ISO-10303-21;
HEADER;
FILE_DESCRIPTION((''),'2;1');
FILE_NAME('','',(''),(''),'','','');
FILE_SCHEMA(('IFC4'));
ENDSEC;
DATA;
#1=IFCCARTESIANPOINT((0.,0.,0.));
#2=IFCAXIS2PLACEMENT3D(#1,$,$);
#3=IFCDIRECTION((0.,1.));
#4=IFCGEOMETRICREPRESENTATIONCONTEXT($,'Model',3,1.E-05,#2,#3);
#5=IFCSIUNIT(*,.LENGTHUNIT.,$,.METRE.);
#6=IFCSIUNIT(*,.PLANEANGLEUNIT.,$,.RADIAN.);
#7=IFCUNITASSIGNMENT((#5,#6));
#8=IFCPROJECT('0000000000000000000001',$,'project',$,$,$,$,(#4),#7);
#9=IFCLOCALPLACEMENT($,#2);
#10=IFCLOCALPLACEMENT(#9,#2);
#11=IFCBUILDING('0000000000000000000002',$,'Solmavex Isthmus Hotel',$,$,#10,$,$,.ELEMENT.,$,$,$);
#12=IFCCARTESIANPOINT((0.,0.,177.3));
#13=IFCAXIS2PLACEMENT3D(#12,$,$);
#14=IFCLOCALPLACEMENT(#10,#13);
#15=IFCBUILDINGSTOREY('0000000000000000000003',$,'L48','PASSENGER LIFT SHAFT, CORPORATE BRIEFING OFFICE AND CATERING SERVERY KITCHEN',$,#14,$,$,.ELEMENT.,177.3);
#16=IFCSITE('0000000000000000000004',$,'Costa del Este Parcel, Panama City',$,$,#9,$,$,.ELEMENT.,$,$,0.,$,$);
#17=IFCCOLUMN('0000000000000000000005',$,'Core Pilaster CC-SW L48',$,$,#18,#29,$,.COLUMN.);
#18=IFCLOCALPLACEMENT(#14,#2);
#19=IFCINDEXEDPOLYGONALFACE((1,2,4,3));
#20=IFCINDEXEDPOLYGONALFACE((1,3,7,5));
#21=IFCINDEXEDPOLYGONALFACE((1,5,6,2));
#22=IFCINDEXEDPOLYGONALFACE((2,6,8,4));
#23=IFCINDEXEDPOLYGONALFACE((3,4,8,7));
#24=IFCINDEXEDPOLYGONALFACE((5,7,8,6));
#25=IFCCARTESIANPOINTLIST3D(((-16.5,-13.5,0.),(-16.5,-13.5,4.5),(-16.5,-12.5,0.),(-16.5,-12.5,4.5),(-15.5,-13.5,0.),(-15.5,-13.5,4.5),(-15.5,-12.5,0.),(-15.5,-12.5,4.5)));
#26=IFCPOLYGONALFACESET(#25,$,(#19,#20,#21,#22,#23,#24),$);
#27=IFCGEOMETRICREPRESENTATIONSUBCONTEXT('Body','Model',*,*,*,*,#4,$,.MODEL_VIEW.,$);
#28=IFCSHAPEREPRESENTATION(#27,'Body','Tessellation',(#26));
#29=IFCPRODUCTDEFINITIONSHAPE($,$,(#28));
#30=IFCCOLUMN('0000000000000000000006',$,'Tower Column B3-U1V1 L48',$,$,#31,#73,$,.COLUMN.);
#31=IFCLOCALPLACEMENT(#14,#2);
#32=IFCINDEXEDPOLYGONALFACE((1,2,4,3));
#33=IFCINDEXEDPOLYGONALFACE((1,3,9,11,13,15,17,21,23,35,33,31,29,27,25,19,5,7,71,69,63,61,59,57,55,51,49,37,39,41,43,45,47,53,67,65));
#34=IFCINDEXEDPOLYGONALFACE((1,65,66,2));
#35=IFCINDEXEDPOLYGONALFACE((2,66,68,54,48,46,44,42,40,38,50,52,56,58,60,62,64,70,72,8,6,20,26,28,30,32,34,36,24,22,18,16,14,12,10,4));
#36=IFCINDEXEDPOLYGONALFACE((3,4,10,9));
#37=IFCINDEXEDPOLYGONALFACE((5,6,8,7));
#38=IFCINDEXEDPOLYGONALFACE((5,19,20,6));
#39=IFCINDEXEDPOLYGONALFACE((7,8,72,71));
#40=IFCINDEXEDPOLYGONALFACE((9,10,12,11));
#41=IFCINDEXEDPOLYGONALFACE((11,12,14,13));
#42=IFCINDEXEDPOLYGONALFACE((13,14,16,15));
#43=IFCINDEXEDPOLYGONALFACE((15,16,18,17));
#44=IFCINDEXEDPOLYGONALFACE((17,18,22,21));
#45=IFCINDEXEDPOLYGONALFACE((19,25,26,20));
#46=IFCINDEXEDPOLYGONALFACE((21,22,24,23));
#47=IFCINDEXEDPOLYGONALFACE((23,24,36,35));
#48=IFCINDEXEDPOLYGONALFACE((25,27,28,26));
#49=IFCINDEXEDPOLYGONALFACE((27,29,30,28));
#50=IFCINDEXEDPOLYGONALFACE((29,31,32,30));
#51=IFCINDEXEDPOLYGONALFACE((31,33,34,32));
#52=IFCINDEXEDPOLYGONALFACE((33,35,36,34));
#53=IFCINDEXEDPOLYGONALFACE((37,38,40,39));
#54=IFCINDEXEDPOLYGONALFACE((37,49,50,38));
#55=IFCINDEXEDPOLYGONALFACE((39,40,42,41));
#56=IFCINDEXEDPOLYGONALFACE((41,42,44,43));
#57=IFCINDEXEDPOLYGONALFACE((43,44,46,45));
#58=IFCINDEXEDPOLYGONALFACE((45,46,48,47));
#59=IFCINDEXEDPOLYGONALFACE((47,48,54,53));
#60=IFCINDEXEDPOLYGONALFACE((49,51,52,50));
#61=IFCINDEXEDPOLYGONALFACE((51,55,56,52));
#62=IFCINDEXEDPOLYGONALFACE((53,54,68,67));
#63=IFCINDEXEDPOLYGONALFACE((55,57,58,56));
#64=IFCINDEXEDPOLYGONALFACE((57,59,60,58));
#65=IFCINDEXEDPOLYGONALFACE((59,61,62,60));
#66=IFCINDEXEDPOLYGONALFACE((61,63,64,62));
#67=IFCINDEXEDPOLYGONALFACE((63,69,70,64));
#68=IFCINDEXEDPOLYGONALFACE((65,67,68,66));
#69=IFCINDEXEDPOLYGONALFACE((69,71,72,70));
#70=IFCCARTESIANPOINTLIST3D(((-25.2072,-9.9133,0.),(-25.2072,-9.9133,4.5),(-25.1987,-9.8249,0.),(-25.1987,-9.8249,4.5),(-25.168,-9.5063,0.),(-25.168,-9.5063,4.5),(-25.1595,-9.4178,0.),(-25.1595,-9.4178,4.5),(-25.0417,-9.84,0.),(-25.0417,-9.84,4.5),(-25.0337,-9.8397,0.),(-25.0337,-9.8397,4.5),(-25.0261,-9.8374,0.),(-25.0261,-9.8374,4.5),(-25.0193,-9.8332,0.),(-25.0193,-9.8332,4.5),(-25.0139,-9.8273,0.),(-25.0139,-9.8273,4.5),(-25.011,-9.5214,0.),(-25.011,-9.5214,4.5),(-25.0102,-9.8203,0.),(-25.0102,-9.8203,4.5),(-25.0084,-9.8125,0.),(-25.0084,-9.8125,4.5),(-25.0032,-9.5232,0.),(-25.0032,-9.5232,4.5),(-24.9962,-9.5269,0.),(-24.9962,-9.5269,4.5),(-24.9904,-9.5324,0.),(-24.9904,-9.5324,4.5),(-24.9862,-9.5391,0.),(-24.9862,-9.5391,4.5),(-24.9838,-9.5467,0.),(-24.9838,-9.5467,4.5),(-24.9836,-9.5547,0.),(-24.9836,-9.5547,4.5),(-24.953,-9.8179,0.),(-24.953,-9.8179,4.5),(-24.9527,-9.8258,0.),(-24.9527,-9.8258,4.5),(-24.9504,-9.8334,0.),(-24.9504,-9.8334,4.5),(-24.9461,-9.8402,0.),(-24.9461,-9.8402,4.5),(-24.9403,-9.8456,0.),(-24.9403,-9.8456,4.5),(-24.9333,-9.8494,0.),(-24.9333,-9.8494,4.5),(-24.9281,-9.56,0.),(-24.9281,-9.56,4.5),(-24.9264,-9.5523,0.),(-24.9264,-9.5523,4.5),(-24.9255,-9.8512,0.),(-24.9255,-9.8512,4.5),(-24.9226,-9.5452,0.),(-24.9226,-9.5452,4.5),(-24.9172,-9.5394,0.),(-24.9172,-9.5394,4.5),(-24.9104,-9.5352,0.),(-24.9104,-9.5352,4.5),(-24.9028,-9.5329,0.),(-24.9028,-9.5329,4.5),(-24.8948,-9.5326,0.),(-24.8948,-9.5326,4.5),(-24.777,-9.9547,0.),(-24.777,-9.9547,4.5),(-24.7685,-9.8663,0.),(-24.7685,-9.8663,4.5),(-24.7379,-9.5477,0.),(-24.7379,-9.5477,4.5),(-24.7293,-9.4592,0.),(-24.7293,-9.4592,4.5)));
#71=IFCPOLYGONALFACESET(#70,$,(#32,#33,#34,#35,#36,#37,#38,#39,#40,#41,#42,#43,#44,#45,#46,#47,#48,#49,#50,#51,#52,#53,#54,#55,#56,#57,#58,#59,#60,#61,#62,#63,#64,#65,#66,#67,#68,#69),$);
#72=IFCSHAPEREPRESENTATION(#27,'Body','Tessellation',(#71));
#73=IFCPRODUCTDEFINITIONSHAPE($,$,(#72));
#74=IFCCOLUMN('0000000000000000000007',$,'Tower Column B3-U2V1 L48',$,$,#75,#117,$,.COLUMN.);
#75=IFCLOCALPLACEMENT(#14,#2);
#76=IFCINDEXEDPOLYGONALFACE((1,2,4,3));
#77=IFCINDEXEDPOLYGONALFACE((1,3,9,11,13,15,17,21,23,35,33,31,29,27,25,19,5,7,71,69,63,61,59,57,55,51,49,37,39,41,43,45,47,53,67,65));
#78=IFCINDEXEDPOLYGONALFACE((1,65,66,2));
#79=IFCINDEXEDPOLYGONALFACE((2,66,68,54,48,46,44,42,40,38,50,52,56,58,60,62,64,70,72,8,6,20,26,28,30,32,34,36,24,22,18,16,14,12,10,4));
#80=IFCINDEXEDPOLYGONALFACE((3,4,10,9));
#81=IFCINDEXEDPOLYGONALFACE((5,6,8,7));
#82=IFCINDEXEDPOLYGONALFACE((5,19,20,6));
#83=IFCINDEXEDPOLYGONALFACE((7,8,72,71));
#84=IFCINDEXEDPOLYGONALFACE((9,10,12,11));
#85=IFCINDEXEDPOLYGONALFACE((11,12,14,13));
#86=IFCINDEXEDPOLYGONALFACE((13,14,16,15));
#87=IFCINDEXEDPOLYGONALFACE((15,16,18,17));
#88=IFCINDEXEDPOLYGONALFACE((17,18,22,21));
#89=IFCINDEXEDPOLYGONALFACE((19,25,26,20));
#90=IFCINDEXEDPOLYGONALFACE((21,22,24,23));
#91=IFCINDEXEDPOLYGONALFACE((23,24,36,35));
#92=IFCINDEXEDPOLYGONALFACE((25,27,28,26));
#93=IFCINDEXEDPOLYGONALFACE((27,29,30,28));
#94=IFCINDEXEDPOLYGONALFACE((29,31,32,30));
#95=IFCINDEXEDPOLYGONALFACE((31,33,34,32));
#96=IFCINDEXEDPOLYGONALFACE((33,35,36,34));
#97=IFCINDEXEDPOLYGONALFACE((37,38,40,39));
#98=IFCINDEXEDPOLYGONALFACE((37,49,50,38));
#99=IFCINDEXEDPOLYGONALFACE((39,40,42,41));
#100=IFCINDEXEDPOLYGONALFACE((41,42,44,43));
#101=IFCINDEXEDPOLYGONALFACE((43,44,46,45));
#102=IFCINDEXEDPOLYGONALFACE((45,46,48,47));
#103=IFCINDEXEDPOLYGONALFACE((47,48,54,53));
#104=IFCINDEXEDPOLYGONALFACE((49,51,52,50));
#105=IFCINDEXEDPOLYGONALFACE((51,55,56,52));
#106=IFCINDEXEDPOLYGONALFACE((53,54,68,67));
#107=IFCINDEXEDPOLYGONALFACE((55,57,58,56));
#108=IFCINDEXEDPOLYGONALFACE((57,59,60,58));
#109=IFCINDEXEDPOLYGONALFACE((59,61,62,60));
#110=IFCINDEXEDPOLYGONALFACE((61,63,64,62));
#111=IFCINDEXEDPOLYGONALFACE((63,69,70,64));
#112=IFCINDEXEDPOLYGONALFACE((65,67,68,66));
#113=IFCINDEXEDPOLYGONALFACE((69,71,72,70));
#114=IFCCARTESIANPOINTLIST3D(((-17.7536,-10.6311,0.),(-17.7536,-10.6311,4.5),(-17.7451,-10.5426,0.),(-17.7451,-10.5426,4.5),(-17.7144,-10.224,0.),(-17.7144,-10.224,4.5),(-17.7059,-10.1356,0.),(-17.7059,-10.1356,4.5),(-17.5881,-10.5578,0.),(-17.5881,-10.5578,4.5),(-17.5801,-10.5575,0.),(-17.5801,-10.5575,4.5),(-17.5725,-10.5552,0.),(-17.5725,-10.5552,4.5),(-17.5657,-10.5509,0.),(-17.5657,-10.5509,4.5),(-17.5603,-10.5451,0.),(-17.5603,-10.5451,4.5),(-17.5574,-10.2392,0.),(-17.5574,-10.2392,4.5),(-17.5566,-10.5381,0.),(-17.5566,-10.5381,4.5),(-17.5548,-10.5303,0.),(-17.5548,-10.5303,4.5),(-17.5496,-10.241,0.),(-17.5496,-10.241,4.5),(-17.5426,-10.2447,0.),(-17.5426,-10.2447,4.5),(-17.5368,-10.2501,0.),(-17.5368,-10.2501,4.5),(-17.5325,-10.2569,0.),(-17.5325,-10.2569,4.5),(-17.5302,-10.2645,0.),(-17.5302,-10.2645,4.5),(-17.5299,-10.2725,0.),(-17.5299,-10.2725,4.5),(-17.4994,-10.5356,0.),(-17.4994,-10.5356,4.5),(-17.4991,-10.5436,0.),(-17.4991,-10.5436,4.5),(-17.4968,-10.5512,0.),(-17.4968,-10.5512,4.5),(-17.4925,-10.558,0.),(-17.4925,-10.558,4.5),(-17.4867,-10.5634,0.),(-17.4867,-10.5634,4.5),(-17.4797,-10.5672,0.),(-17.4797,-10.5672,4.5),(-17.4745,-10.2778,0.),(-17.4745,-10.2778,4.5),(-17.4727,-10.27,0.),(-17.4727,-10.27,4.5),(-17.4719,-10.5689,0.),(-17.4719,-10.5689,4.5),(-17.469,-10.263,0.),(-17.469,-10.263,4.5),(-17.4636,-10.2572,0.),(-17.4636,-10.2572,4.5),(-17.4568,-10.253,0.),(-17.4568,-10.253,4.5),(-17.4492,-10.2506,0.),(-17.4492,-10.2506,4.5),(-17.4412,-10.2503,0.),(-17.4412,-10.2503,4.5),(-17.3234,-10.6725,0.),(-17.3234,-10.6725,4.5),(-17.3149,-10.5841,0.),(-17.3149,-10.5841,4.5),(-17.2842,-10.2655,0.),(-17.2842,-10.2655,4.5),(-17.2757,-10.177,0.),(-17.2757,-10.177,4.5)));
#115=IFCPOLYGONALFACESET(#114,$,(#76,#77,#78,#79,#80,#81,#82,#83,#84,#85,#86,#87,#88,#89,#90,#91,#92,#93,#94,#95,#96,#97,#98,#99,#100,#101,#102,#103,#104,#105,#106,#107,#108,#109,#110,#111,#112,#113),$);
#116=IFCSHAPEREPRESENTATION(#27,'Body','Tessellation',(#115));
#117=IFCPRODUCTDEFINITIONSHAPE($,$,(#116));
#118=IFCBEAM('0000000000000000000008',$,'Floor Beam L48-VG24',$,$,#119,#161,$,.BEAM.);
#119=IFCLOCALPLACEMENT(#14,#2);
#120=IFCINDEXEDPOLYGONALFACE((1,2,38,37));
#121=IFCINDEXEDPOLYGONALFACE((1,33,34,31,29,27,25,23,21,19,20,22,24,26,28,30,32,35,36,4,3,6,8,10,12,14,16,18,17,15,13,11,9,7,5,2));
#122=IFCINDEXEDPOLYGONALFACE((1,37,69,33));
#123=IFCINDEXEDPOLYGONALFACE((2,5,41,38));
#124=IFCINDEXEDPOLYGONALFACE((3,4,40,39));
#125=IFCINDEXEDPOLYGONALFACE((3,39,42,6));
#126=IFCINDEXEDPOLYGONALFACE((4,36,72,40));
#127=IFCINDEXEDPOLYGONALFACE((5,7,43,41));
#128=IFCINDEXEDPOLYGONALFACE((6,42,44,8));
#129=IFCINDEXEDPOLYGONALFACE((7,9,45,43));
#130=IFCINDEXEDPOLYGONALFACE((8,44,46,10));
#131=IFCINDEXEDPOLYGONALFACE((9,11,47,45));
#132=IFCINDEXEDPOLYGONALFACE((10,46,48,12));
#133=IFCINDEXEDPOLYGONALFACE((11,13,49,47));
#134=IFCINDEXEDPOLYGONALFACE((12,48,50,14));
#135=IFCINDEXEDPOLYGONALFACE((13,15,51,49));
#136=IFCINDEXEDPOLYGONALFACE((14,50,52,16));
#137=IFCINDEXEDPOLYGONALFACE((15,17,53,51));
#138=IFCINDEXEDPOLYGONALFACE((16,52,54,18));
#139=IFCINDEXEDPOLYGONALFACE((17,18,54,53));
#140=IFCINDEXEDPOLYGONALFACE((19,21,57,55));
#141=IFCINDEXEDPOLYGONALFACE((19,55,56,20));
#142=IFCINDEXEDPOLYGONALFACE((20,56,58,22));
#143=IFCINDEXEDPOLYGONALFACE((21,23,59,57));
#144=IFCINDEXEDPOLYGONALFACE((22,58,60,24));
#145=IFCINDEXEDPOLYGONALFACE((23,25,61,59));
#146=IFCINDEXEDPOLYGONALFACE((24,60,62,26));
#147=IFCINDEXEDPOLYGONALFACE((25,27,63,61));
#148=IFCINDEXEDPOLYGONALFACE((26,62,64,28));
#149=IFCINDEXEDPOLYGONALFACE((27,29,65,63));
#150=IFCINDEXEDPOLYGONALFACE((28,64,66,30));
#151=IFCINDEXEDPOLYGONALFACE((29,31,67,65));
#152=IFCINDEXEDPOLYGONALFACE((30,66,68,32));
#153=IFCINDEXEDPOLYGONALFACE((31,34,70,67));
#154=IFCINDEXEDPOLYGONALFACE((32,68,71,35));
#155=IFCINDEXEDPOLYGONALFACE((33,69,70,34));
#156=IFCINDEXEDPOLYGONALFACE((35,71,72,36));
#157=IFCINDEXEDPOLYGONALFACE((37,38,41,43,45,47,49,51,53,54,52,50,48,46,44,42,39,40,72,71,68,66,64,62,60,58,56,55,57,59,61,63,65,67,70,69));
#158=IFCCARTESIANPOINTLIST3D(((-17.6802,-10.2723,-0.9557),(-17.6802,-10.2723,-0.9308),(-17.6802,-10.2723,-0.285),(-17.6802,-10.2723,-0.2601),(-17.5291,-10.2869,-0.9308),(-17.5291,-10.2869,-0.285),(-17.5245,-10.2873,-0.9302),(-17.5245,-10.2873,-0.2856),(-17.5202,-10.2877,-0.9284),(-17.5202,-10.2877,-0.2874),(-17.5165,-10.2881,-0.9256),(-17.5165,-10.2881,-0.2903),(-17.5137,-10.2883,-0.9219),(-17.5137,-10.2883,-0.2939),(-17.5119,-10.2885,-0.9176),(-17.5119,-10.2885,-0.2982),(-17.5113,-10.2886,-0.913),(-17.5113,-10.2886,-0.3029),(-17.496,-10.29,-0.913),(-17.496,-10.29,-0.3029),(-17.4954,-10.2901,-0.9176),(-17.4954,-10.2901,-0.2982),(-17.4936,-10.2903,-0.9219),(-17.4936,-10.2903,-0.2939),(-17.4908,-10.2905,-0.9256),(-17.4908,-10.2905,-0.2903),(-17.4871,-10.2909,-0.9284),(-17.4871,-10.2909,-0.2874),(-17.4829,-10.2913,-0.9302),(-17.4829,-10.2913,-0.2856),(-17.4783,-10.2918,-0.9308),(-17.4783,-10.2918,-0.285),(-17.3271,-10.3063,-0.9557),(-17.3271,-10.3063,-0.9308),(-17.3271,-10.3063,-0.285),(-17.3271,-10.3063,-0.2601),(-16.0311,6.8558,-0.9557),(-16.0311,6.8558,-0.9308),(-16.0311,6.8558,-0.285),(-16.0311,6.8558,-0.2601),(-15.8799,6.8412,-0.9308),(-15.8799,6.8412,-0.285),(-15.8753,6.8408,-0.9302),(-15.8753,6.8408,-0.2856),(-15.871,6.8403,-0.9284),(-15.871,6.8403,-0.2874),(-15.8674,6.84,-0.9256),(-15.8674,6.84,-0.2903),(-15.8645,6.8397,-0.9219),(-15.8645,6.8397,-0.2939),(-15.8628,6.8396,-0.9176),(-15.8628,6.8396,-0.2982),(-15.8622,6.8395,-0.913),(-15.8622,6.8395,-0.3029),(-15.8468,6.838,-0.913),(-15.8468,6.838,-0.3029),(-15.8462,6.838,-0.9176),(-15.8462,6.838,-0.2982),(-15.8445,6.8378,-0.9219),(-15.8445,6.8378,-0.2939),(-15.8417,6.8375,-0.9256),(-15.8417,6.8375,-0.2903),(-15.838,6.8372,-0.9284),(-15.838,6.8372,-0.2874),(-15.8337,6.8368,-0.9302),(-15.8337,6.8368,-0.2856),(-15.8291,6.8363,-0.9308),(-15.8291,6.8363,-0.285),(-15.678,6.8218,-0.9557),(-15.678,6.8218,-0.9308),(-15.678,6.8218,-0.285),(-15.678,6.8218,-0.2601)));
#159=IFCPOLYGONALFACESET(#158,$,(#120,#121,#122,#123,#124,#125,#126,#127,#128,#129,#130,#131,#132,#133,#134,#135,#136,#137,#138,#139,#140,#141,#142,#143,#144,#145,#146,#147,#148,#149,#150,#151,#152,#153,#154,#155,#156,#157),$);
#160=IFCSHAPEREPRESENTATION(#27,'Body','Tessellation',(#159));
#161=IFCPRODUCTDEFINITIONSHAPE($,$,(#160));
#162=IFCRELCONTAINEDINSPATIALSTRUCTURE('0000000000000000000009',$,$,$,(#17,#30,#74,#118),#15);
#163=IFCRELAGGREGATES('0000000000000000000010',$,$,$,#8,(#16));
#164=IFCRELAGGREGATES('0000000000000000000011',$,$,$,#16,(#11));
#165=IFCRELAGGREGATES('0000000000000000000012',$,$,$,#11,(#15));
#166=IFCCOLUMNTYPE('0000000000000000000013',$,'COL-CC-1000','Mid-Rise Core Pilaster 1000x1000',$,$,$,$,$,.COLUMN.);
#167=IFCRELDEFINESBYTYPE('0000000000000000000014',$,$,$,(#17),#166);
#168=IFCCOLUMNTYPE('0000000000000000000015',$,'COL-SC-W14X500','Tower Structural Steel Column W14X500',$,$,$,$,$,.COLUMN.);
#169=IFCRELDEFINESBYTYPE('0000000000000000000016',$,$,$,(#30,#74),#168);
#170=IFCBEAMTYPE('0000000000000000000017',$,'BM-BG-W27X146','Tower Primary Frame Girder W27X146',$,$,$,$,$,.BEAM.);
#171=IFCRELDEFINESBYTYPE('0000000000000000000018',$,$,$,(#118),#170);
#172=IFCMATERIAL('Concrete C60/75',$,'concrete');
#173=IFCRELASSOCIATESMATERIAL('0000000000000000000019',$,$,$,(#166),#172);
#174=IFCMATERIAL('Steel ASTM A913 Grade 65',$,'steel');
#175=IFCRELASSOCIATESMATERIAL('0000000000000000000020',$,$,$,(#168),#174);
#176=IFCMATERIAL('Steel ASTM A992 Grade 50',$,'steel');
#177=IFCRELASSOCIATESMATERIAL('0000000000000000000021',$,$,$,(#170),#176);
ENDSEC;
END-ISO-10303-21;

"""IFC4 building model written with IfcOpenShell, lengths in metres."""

from ifc_helpers import new_model, si_unit, direction, frame, origin, origin_2d, place, context, subcontext, project, spatial, rectangle, i_section, extrude, material, material_profile, profile_set, type_object, element, save


model = new_model("IFC4")

# Units and contexts
model_context = context("Model", 3, precision=1e-05, world=origin(), true_north=direction((0.0, 1.0)))
body_context = subcontext(model_context, "Body", "Model", "MODEL_VIEW")
ifc_project = project(units=[si_unit("LENGTHUNIT", "METRE"), si_unit("PLANEANGLEUNIT", "RADIAN")], contexts=[model_context])

# Site, building, storey
site_placement = place(None, origin())
site = spatial("IfcSite", under=ifc_project, at=site_placement, Name="Costa del Este Parcel, Panama City", CompositionType="ELEMENT", RefElevation=0.0)
building_placement = place(site_placement, origin())
building = spatial("IfcBuilding", under=site, at=building_placement, Name="Solmavex Isthmus Hotel", CompositionType="ELEMENT")
storey_placement = place(building_placement, frame((0.0, 0.0, 177.3)))
storey = spatial("IfcBuildingStorey", under=building, at=storey_placement, Name="L48", Description="PASSENGER LIFT SHAFT, CORPORATE BRIEFING OFFICE AND CATERING SERVERY KITCHEN", CompositionType="ELEMENT", Elevation=177.3)

# Columns
ifc_material_1 = material(Name="Concrete C60/75", Category="concrete")
ifc_material_profile_1 = material_profile(ifc_material_1, rectangle(XDim=1.0, YDim=1.0, at=origin_2d()), Name="RC1000X1000")
ifc_profile_set_1 = profile_set([ifc_material_profile_1], Name="Concrete C60/75")
column_type_1 = type_object("IfcColumnType", Name="COL-CC-1000", Description="Mid-Rise Core Pilaster 1000x1000", PredefinedType="COLUMN", material=ifc_profile_set_1)
column_placement = place(storey_placement, frame((-16.0, -13.0, 0.0), z_axis=(0.0, 0.0, 1.0), x_axis=(1.0, 0.0, 0.0)))
element("IfcColumn", 1, at=column_placement, inside=storey, type_object=column_type_1, Name="Core Pilaster CC-SW L48", PredefinedType="COLUMN", context=body_context, shape_type="SweptSolid", body=[
    extrude(rectangle(XDim=1.0, YDim=1.0, at=origin_2d()), origin(), (0.0, 0.0, 1.0), 4.5),
])
ifc_material_2 = material(Name="Steel ASTM A913 Grade 65", Category="steel")
ifc_material_profile_2 = material_profile(ifc_material_2, i_section(OverallWidth=0.4321, OverallDepth=0.4978, WebThickness=0.0557, FlangeThickness=0.0889, FilletRadius=0.0305, at=origin_2d()), Name="W14X500")
ifc_profile_set_2 = profile_set([ifc_material_profile_2], Name="Steel ASTM A913 Grade 65")
column_type_2 = type_object("IfcColumnType", Name="COL-SC-W14X500", Description="Tower Structural Steel Column W14X500", PredefinedType="COLUMN", material=ifc_profile_set_2)
for number, where, z_axis, x_axis, name in (
    (2, (-24.9683, -9.6863, 0.0), (0.0, 0.0, 1.0), (0.995396, -0.095846, 0.0), "Tower Column B3-U1V1 L48"),
    (3, (-17.5146, -10.4041, 0.0), (0.0, 0.0, 1.0), (0.995396, -0.095846, 0.0), "Tower Column B3-U2V1 L48"),
):
    element("IfcColumn", number, at=place(storey_placement, frame(where, z_axis=z_axis, x_axis=x_axis)), inside=storey, type_object=column_type_2, Name=name, PredefinedType="COLUMN", context=body_context, shape_type="SweptSolid", body=[
        extrude(i_section(OverallWidth=0.4321, OverallDepth=0.4978, WebThickness=0.0557, FlangeThickness=0.0889, FilletRadius=0.0305, at=origin_2d()), origin(), (0.0, 0.0, 1.0), 4.5),
    ])

# Beam
ifc_material_3 = material(Name="Steel ASTM A992 Grade 50", Category="steel")
ifc_material_profile_3 = material_profile(ifc_material_3, i_section(OverallWidth=0.3547, OverallDepth=0.6956, WebThickness=0.0154, FlangeThickness=0.0249, FilletRadius=0.0178, at=origin_2d()), Name="W27X146")
ifc_profile_set_3 = profile_set([ifc_material_profile_3], Name="Steel ASTM A992 Grade 50")
beam_type_1 = type_object("IfcBeamType", Name="BM-BG-W27X146", Description="Tower Primary Frame Girder W27X146", PredefinedType="BEAM", material=ifc_profile_set_3)
beam_1_placement = place(storey_placement, frame((-17.5037, -10.2893, -0.6079), z_axis=(0.095841, 0.995397, 0.0), x_axis=(-0.995397, 0.095841, 0.0)))
element("IfcBeam", 4, at=beam_1_placement, inside=storey, type_object=beam_type_1, Name="Floor Beam L48-VG24", PredefinedType="BEAM", context=body_context, shape_type="SweptSolid", body=[
    extrude(i_section(OverallWidth=0.3547, OverallDepth=0.6956, WebThickness=0.0154, FlangeThickness=0.0249, FilletRadius=0.0178, at=origin_2d()), origin(), (0.0, 0.0, 1.0), 17.2073),
])

save(model, "model.ifc")
